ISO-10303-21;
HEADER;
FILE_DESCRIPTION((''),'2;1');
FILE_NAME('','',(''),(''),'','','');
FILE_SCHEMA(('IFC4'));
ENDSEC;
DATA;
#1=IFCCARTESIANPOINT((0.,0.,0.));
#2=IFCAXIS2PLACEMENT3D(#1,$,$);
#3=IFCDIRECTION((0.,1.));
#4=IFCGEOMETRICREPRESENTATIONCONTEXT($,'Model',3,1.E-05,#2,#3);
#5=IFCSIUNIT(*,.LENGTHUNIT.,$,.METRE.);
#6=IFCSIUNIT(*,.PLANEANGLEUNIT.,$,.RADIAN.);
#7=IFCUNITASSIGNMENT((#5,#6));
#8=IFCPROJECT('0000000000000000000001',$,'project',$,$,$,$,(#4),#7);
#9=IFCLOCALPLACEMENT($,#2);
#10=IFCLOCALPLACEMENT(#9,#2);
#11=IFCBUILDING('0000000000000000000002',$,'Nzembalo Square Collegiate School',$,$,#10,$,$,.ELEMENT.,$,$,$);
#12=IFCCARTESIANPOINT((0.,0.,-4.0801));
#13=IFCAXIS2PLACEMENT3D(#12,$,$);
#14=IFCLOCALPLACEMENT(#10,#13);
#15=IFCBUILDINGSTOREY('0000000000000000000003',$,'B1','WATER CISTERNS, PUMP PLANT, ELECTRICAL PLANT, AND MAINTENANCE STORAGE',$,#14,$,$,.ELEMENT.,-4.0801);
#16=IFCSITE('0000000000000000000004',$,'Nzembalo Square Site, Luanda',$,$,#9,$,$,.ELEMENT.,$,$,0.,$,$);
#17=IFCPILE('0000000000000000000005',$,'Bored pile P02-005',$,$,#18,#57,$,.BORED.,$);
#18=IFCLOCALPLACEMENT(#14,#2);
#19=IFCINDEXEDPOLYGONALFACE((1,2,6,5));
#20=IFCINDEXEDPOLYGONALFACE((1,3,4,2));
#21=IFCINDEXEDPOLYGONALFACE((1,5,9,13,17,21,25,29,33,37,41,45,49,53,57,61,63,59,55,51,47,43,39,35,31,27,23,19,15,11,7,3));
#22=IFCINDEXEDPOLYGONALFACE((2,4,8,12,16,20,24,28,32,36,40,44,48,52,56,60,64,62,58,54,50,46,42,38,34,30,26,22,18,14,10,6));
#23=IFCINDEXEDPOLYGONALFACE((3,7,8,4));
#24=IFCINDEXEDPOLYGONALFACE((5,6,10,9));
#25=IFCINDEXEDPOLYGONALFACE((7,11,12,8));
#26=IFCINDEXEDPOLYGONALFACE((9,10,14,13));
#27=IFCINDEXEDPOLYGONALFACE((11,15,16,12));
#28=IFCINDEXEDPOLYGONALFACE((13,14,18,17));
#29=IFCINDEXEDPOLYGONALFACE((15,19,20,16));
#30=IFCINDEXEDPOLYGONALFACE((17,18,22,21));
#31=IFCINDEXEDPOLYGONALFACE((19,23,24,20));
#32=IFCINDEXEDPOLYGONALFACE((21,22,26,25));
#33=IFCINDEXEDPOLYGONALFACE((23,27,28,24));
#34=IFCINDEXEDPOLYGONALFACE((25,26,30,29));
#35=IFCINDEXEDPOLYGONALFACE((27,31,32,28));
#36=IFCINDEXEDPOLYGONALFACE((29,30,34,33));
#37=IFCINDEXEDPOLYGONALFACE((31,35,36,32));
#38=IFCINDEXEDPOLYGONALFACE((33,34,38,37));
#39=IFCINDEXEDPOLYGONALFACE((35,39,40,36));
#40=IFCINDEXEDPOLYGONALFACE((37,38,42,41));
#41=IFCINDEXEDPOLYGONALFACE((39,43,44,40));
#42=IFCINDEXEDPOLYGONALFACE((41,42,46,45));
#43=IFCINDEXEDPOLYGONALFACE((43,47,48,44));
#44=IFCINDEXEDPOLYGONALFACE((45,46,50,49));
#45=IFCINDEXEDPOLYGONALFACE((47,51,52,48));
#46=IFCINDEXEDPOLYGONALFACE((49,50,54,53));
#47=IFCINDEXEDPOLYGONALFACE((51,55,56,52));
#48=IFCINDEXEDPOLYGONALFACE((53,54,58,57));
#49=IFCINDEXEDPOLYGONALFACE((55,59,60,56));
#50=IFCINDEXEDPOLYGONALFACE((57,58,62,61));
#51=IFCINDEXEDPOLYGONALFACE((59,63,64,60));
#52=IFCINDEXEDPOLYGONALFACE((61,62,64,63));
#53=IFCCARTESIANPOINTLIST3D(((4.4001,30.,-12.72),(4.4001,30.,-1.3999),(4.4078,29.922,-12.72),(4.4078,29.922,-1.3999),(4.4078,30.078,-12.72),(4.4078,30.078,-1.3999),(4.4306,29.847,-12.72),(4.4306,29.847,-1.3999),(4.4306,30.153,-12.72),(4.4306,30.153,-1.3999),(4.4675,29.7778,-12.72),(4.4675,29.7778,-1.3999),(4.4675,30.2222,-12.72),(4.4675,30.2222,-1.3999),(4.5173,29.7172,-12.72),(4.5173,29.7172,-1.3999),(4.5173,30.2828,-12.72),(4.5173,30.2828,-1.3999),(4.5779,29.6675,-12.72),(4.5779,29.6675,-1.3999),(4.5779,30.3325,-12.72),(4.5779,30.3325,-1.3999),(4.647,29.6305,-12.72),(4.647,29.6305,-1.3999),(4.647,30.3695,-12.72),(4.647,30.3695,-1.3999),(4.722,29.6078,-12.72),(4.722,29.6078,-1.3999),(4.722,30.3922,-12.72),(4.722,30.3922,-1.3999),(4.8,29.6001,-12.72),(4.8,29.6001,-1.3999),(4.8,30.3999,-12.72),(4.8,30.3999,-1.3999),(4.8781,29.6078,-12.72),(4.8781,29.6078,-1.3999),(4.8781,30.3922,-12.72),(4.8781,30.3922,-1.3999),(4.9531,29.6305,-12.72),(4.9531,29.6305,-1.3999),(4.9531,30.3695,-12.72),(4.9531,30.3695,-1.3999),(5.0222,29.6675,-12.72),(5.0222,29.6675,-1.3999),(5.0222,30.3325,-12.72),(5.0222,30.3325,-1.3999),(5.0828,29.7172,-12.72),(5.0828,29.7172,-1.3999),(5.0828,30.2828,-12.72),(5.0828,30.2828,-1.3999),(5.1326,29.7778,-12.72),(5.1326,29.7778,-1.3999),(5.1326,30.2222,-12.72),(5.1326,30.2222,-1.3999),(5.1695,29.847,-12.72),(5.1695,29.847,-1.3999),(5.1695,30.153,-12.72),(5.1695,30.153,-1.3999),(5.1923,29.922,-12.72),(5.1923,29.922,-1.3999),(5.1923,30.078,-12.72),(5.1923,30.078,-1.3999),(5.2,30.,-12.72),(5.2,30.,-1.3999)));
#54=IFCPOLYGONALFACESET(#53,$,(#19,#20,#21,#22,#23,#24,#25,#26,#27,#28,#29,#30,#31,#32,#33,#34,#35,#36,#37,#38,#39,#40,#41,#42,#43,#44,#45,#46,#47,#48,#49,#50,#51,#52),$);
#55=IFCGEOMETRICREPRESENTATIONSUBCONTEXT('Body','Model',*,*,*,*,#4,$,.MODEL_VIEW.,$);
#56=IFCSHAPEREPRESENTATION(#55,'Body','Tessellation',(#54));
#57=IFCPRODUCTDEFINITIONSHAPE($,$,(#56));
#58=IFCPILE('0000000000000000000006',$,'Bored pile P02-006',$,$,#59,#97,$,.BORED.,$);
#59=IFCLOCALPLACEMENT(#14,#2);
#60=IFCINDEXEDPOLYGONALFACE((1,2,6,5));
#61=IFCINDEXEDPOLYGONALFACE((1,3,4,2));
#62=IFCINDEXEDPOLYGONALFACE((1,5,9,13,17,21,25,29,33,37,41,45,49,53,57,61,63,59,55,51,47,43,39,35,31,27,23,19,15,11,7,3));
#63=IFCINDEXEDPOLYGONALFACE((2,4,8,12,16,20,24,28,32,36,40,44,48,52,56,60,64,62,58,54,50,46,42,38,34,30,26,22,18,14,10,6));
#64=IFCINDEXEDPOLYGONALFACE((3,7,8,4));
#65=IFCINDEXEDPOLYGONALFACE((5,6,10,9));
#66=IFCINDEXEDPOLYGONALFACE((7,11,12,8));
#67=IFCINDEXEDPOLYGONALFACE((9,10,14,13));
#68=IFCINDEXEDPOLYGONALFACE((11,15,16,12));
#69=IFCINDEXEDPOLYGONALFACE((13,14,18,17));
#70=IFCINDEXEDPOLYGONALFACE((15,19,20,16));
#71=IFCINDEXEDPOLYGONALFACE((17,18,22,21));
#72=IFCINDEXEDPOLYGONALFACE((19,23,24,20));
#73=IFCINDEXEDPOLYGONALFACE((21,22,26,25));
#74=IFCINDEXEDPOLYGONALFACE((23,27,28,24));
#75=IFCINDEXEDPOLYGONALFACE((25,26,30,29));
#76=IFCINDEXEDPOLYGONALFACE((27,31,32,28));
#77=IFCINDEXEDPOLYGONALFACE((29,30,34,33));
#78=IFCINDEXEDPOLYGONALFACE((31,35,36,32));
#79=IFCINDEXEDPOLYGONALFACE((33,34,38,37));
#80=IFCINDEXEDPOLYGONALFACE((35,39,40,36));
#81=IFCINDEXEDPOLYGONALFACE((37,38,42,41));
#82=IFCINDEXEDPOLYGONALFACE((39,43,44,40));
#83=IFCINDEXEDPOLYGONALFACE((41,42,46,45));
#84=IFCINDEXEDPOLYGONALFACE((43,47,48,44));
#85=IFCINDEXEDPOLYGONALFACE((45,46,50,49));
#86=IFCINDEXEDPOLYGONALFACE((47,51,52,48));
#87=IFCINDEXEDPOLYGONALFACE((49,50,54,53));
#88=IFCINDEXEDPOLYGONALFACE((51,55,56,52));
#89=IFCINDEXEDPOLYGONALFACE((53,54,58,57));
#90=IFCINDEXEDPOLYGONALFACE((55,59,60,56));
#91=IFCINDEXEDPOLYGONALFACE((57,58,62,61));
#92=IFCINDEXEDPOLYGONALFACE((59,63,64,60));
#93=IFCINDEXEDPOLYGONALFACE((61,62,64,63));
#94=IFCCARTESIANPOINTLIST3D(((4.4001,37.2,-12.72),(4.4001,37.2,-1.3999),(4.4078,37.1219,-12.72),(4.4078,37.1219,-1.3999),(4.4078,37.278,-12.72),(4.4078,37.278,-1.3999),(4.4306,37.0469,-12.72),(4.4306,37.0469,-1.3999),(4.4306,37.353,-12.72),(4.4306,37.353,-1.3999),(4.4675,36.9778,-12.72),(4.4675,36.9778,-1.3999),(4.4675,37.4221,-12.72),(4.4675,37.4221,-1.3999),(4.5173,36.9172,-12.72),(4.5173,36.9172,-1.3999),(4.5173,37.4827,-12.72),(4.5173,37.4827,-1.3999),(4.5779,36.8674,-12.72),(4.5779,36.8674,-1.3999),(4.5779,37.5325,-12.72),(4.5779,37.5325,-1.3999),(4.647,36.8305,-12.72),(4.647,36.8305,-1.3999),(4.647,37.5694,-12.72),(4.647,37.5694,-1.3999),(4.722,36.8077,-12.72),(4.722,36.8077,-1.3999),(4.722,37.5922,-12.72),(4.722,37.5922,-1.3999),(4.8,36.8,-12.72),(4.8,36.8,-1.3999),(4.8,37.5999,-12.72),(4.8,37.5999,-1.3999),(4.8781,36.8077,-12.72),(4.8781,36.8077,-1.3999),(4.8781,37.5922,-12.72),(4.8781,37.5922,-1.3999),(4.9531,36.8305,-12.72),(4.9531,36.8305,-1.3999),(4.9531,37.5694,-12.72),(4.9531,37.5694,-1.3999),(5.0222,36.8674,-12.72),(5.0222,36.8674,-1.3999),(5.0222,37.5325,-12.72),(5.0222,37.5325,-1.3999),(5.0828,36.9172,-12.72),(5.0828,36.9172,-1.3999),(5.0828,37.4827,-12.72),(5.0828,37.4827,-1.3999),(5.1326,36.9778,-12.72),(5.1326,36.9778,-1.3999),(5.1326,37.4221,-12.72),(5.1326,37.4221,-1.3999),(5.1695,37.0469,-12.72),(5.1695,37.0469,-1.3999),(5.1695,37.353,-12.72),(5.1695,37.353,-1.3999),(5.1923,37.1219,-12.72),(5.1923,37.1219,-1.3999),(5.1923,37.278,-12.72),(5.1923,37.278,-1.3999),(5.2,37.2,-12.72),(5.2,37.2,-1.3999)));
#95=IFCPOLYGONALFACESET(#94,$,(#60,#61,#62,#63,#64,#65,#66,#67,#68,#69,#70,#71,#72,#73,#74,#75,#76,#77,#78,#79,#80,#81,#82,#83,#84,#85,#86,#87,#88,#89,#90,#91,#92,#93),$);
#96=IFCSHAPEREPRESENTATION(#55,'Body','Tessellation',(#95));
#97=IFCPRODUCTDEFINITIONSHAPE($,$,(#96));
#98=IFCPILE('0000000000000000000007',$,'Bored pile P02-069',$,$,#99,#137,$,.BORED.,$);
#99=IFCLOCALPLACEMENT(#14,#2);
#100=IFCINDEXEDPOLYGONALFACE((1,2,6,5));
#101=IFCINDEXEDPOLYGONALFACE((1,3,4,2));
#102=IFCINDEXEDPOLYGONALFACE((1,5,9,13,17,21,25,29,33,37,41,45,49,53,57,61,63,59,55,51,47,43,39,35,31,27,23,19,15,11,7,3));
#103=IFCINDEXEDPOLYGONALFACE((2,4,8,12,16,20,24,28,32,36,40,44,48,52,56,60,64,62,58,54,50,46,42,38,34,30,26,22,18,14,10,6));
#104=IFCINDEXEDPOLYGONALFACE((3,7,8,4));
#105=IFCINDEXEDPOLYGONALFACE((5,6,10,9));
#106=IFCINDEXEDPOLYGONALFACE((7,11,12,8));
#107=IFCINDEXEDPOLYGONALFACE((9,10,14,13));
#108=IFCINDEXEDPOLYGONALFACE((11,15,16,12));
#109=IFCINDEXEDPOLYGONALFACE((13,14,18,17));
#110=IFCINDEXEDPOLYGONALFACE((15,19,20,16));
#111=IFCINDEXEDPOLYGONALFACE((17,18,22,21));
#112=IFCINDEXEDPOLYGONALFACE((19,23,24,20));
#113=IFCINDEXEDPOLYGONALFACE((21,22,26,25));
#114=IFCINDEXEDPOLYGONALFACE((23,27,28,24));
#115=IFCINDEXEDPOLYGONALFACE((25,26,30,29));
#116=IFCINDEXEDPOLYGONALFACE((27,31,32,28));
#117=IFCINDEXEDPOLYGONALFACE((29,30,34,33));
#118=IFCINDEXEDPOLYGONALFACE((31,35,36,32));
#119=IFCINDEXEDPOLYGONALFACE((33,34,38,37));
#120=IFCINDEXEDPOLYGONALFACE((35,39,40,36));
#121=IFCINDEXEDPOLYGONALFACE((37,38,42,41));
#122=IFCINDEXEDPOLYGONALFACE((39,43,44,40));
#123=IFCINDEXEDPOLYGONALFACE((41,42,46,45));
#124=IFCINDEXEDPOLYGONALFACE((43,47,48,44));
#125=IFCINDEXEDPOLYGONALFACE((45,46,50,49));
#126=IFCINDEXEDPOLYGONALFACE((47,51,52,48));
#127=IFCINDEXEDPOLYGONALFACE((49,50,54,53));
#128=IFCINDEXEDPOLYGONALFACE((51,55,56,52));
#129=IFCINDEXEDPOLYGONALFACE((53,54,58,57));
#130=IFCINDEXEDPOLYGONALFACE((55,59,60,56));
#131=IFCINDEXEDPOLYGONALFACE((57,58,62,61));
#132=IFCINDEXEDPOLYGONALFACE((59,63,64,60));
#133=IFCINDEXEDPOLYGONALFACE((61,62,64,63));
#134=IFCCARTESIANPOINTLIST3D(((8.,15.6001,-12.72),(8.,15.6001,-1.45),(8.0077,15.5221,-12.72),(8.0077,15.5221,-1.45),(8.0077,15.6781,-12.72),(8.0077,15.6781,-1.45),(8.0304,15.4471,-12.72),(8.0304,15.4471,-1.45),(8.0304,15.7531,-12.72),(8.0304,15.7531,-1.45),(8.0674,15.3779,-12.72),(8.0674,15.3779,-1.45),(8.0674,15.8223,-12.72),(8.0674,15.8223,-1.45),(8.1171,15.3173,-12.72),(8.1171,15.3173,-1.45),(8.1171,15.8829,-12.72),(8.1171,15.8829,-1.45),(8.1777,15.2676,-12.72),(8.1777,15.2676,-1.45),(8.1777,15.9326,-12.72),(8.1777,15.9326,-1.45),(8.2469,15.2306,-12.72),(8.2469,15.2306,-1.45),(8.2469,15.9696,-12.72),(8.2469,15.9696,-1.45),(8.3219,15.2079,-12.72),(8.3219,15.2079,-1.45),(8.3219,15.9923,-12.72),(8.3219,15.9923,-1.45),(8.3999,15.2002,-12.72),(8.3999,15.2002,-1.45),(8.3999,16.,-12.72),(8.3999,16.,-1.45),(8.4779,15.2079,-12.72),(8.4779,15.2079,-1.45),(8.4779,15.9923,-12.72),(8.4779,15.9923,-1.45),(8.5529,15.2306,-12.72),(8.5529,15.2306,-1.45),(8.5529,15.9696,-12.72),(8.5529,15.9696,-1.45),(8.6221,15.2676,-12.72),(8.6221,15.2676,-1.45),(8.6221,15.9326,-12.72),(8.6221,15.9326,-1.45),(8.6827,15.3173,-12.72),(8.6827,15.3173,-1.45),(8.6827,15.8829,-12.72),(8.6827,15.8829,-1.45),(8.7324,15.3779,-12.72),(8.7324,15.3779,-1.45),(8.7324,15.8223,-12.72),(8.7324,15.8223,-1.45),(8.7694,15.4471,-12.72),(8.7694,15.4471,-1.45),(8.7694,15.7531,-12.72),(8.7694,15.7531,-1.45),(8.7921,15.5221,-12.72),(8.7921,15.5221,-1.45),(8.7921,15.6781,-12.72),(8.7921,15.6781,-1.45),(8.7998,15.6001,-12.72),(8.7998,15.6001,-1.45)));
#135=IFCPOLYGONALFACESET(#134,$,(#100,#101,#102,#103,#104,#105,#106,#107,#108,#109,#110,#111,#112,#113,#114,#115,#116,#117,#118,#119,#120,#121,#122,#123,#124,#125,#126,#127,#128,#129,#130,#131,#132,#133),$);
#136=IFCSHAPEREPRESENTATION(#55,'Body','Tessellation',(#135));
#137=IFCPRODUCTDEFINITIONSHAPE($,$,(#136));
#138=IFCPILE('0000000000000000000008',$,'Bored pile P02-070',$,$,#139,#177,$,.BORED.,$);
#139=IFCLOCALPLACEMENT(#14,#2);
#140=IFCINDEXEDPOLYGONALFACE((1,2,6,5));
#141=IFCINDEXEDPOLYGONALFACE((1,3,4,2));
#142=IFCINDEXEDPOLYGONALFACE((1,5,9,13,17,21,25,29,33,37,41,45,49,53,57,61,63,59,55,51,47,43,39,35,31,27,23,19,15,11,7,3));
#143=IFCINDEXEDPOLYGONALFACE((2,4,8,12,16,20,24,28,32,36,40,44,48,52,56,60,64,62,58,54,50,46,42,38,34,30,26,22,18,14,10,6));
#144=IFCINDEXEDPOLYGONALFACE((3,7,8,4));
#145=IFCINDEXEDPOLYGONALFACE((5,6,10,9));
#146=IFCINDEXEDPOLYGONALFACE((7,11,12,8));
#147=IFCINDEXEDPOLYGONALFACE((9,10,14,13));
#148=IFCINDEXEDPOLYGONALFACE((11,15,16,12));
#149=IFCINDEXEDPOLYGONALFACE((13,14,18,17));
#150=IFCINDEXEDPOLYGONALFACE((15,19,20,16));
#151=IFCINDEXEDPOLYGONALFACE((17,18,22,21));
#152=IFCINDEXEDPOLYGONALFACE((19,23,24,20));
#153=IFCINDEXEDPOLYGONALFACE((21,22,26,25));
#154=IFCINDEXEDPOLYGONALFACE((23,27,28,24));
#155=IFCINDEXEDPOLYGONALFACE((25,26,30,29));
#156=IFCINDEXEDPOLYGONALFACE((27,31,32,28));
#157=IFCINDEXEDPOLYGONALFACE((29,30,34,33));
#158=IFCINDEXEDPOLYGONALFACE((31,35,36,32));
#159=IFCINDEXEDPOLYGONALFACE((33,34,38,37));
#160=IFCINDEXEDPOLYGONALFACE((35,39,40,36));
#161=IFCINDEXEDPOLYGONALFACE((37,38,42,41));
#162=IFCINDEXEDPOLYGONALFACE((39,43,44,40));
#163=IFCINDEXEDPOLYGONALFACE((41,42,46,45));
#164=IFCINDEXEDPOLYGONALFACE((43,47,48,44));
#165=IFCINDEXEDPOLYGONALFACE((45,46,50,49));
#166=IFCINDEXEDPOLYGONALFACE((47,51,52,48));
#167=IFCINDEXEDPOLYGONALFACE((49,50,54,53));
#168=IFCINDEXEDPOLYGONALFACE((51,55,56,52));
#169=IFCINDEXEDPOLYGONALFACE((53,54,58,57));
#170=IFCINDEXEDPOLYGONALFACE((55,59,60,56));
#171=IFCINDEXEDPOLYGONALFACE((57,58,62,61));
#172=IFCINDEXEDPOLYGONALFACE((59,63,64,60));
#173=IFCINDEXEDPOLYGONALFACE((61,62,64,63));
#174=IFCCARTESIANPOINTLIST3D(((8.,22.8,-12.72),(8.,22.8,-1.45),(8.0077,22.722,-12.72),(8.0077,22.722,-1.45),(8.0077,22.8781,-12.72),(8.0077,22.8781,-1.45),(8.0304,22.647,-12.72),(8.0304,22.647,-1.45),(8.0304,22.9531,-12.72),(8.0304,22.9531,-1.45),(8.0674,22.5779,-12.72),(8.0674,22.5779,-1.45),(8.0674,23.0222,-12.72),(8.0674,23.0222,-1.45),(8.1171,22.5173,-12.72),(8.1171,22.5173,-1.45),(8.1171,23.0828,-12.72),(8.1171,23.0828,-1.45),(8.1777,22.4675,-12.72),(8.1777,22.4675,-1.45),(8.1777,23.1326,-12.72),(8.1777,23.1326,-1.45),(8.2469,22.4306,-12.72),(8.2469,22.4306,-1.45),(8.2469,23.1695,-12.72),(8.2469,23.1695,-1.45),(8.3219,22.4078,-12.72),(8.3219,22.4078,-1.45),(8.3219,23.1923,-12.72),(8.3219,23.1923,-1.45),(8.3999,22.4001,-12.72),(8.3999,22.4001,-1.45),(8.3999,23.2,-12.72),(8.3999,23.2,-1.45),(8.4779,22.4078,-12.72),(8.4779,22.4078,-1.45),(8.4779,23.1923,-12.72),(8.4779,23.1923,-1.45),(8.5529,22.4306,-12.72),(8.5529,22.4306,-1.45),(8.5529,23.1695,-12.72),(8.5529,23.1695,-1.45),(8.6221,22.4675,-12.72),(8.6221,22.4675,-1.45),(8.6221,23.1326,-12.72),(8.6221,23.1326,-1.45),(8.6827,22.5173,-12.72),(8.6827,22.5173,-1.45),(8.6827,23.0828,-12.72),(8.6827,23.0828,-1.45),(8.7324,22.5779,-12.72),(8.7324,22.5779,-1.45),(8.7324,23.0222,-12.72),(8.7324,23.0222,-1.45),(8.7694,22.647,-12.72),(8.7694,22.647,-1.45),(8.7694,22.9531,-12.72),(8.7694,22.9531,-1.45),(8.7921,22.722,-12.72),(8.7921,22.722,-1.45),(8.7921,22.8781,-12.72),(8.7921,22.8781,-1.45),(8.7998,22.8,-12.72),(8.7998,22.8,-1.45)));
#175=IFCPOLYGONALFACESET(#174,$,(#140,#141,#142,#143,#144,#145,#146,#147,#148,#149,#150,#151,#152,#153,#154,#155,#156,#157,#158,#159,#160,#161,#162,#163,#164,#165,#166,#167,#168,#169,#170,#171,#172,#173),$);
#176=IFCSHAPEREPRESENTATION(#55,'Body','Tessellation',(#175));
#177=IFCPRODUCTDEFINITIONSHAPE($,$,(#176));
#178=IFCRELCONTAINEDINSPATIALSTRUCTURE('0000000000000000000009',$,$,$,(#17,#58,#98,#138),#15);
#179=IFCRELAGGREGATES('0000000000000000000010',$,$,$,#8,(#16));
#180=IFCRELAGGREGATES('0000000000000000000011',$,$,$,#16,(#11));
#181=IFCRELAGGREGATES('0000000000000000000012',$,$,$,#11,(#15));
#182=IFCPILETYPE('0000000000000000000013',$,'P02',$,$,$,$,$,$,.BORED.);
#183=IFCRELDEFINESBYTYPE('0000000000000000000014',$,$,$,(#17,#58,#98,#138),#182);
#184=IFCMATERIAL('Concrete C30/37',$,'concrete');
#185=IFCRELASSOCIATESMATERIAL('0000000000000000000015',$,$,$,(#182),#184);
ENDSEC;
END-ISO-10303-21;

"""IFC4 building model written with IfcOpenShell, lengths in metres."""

from ifc_helpers import new_model, si_unit, direction, frame, origin, origin_2d, place, context, subcontext, project, spatial, circle, extrude, material, material_profile, profile_set, type_object, element, save


model = new_model("IFC4")

# Units and contexts
model_context = context("Model", 3, precision=1e-05, world=origin(), true_north=direction((0.0, 1.0)))
body_context = subcontext(model_context, "Body", "Model", "MODEL_VIEW")
ifc_project = project(units=[si_unit("LENGTHUNIT", "METRE"), si_unit("PLANEANGLEUNIT", "RADIAN")], contexts=[model_context])

# Site, building, storey
site_placement = place(None, origin())
site = spatial("IfcSite", under=ifc_project, at=site_placement, Name="Nzembalo Square Site, Luanda", CompositionType="ELEMENT", RefElevation=0.0)
building_placement = place(site_placement, origin())
building = spatial("IfcBuilding", under=site, at=building_placement, Name="Nzembalo Square Collegiate School", CompositionType="ELEMENT")
storey_placement = place(building_placement, frame((0.0, 0.0, -4.0801)))
storey = spatial("IfcBuildingStorey", under=building, at=storey_placement, Name="B1", Description="WATER CISTERNS, PUMP PLANT, ELECTRICAL PLANT, AND MAINTENANCE STORAGE", CompositionType="ELEMENT", Elevation=-4.0801)

# Piles
ifc_material_1 = material(Name="Concrete C30/37", Category="concrete")
ifc_material_profile_1 = material_profile(ifc_material_1, circle(Radius=0.3999, at=origin_2d()), Name="PILE D800")
ifc_profile_set_1 = profile_set([ifc_material_profile_1], Name="Concrete C30/37")
pile_type = type_object("IfcPileType", Name="P02", PredefinedType="BORED", material=ifc_profile_set_1)
for number, where, z_axis, x_axis, name in (
    (1, (4.8, 30.0, -1.3999), (0.0, 0.0, -1.0), (1.0, 0.0, 0.0), "Bored pile P02-005"),
    (2, (4.8, 37.2, -1.3999), (0.0, 0.0, -1.0), (1.0, 0.0, 0.0), "Bored pile P02-006"),
):
    element("IfcPile", number, at=place(storey_placement, frame(where, z_axis=z_axis, x_axis=x_axis)), inside=storey, type_object=pile_type, Name=name, PredefinedType="BORED", context=body_context, shape_type="SweptSolid", body=[
        extrude(circle(Radius=0.3999, at=origin_2d()), origin(), (0.0, 0.0, 1.0), 11.3201),
    ])
for number, where, z_axis, x_axis, name in (
    (3, (8.3999, 15.6001, -1.45), (0.0, 0.0, -1.0), (1.0, 0.0, 0.0), "Bored pile P02-069"),
    (4, (8.3999, 22.8, -1.45), (0.0, 0.0, -1.0), (1.0, 0.0, 0.0), "Bored pile P02-070"),
):
    element("IfcPile", number, at=place(storey_placement, frame(where, z_axis=z_axis, x_axis=x_axis)), inside=storey, type_object=pile_type, Name=name, PredefinedType="BORED", context=body_context, shape_type="SweptSolid", body=[
        extrude(circle(Radius=0.3999, at=origin_2d()), origin(), (0.0, 0.0, 1.0), 11.27),
    ])

save(model, "model.ifc")
